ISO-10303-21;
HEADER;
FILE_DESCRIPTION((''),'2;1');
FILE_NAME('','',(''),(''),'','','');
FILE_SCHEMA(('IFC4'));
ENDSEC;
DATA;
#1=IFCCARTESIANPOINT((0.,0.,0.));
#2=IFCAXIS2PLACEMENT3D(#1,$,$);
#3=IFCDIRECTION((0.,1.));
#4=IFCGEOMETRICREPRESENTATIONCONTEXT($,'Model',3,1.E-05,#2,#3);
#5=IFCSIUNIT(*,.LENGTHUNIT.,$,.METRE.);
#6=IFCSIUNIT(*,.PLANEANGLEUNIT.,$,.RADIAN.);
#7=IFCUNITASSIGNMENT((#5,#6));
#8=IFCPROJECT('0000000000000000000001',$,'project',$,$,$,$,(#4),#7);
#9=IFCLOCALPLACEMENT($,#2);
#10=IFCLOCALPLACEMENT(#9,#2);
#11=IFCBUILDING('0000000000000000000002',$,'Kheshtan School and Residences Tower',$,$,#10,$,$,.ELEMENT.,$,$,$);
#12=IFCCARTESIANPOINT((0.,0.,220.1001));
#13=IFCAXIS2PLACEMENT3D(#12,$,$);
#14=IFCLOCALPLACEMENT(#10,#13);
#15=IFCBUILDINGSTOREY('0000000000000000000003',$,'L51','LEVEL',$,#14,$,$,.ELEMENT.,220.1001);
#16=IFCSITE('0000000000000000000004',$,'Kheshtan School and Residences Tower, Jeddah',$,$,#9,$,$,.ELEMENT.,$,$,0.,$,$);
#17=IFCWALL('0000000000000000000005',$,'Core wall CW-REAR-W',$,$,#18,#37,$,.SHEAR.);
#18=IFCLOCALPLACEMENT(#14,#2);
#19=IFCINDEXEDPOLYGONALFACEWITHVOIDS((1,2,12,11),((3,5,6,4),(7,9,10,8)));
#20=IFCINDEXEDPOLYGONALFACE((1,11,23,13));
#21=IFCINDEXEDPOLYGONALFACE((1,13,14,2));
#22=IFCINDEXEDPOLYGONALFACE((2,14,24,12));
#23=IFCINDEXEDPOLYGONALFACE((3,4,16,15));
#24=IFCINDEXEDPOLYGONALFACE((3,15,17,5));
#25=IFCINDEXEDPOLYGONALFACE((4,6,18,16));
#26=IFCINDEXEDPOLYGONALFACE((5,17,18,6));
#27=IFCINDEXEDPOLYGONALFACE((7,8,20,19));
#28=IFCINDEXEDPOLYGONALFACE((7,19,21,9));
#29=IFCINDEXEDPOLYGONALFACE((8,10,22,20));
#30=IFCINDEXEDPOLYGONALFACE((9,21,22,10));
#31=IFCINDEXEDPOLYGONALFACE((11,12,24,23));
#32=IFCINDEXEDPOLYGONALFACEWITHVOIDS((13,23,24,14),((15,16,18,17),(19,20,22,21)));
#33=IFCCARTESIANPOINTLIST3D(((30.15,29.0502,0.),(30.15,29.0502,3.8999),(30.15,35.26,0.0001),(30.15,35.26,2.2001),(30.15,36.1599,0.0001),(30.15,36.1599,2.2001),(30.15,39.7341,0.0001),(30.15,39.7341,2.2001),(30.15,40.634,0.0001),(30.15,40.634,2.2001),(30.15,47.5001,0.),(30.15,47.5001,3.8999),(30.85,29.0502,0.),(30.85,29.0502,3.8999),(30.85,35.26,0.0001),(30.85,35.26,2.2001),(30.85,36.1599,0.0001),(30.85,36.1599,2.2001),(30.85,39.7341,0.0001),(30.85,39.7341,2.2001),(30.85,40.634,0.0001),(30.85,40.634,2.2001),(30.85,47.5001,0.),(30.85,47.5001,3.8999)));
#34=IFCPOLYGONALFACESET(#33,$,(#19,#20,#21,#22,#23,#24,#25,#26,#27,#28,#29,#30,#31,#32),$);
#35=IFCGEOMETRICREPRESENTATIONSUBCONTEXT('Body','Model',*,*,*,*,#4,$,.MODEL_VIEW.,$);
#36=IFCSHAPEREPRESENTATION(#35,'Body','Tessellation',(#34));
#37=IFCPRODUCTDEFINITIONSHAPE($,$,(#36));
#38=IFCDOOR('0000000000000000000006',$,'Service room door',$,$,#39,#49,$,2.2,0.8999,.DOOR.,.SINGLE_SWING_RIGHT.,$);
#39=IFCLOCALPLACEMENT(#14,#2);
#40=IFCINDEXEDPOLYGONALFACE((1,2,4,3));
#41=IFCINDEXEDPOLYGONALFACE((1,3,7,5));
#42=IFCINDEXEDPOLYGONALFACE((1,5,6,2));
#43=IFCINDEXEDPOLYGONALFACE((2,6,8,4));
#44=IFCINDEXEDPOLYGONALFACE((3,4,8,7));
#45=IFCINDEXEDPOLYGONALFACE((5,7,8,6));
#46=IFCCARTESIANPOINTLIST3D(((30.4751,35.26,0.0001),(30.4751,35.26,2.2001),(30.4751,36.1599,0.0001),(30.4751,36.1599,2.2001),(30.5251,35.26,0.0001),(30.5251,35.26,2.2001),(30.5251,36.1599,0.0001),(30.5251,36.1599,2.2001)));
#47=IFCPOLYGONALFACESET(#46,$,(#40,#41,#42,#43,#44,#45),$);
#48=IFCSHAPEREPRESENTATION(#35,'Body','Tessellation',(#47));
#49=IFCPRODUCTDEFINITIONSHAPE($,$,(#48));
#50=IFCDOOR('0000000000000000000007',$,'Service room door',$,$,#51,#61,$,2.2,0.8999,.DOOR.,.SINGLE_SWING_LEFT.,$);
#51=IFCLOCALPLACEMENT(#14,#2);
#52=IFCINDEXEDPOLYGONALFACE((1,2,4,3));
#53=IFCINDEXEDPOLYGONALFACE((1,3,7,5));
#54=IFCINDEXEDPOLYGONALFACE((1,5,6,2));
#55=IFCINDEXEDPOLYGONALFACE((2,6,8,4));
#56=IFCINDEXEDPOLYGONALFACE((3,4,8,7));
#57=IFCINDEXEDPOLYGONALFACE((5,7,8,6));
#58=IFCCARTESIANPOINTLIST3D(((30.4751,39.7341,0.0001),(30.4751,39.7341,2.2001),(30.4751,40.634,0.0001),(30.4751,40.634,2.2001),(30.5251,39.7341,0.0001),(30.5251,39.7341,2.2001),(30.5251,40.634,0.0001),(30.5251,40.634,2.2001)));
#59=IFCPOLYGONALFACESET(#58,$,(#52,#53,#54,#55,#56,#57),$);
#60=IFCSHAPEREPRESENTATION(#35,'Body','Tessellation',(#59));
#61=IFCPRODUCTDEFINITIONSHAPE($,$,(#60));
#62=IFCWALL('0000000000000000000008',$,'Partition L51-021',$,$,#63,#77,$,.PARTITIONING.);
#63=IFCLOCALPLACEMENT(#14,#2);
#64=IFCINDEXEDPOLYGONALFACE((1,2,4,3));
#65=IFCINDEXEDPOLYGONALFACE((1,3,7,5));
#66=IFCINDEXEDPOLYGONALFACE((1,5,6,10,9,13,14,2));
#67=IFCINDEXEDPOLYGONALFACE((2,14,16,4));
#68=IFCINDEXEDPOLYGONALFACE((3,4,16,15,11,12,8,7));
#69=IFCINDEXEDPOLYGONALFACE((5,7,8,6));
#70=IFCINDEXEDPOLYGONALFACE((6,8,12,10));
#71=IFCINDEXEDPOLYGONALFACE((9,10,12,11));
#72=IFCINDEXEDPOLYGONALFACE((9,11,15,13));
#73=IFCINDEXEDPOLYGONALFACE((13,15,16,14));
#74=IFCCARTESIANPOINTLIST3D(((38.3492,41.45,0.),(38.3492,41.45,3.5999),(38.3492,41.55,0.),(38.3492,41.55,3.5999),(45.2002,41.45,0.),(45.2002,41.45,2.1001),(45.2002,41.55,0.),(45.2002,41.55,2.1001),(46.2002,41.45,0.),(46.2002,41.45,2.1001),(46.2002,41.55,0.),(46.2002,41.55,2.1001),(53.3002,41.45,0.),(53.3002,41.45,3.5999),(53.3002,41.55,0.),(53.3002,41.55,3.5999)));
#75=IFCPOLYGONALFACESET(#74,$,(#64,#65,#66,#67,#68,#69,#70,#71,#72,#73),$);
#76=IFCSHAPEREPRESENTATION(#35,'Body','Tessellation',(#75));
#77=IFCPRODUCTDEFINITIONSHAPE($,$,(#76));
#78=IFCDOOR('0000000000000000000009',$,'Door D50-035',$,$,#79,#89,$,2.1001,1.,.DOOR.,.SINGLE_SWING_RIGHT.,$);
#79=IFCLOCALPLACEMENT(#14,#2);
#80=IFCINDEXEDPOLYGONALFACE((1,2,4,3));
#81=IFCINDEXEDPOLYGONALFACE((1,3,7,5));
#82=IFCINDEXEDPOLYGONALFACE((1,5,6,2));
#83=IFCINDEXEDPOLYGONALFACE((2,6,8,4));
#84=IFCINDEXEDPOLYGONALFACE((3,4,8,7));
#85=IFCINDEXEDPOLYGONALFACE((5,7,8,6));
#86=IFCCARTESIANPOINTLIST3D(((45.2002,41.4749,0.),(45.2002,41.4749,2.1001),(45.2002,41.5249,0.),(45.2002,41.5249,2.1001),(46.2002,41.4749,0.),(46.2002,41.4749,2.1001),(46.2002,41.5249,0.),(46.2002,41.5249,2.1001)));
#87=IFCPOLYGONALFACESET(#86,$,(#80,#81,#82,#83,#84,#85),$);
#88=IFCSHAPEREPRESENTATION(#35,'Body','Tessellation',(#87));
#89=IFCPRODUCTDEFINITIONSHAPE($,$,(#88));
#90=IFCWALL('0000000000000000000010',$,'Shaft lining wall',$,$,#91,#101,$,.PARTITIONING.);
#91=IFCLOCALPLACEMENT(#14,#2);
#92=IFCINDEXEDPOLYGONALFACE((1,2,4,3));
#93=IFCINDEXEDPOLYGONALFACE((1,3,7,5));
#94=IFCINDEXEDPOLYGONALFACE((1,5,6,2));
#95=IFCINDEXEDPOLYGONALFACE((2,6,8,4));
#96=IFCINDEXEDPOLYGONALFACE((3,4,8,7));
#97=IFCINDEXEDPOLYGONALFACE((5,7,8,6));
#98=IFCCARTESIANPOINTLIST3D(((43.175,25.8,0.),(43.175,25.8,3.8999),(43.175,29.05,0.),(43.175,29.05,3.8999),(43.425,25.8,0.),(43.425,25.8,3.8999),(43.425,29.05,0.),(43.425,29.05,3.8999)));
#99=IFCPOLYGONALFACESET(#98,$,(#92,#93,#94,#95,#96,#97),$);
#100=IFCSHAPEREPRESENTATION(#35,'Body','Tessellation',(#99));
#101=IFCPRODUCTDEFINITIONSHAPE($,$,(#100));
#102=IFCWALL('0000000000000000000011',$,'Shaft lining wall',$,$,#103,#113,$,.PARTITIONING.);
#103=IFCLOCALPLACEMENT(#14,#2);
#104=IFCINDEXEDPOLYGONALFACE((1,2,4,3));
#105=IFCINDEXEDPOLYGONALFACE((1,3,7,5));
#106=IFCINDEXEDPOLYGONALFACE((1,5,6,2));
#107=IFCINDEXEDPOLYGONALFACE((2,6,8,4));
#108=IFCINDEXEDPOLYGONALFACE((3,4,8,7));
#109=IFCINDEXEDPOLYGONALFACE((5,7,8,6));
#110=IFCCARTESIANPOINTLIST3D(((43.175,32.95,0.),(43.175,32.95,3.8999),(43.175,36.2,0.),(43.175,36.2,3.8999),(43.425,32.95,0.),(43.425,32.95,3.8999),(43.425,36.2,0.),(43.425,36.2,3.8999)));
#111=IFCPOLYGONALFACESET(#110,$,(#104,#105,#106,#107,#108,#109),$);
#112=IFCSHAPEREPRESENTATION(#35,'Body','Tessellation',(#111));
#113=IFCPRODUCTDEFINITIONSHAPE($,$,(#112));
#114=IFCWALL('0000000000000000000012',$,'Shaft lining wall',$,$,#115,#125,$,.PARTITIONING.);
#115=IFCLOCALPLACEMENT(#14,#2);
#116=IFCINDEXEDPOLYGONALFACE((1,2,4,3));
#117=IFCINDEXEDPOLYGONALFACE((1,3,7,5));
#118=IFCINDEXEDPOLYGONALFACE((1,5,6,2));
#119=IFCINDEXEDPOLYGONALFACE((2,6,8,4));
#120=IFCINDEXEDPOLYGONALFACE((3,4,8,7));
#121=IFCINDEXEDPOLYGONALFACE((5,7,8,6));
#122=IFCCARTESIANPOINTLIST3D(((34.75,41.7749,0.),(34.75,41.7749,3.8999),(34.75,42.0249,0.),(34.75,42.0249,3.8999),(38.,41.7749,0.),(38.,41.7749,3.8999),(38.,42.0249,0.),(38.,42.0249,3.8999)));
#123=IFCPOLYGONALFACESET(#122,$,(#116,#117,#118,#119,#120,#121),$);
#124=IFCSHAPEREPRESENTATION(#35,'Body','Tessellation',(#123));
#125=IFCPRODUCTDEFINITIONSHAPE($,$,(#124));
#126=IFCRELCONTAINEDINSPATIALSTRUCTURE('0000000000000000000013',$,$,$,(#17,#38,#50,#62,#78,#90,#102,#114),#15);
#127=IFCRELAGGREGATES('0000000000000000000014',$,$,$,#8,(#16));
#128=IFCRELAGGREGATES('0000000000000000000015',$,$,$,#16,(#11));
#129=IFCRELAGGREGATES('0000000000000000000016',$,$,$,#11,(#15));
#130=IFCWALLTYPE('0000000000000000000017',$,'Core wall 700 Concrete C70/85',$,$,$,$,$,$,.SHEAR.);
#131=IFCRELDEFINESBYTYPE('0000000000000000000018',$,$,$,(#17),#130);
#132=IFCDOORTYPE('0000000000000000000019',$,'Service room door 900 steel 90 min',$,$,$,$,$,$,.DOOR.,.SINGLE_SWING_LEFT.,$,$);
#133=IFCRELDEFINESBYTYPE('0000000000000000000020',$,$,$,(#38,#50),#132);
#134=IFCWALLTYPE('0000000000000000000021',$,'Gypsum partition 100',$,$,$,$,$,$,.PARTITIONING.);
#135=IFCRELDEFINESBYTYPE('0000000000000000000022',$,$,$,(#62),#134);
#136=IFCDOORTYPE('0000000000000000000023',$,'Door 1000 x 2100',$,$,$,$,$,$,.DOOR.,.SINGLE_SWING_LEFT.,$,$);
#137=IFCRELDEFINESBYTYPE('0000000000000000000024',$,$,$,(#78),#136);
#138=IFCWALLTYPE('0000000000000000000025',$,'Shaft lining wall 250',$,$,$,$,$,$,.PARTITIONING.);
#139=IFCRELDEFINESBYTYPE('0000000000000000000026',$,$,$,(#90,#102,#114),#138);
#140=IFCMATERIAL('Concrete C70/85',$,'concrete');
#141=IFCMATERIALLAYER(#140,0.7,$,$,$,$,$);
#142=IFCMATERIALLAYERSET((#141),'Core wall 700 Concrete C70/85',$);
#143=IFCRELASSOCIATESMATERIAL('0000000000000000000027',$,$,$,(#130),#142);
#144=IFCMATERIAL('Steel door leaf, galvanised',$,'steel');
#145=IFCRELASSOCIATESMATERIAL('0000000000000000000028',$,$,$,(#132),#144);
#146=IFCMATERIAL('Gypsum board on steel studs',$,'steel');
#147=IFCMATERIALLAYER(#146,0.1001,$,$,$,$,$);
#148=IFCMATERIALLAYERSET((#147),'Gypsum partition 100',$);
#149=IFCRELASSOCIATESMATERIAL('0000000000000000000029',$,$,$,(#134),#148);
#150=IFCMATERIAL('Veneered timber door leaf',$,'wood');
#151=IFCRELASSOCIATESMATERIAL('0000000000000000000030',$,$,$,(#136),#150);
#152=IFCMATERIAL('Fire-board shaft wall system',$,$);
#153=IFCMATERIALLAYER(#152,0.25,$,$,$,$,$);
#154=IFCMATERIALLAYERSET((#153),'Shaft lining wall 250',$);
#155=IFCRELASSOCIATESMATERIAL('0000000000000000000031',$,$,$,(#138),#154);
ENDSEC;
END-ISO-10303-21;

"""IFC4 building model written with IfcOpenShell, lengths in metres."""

from ifc_helpers import new_model, si_unit, direction, frame, frame_2d, origin, place, context, subcontext, project, spatial, rectangle, extrude, source, transform, mapped, material, layer, layer_set, type_object, element, fill, save


model = new_model("IFC4")

# Units and contexts
model_context = context("Model", 3, precision=1e-05, world=origin(), true_north=direction((0.0, 1.0)))
body_context = subcontext(model_context, "Body", "Model", "MODEL_VIEW")
ifc_project = project(units=[si_unit("LENGTHUNIT", "METRE"), si_unit("PLANEANGLEUNIT", "RADIAN")], contexts=[model_context])

# Site, building, storey
site_placement = place(None, origin())
site = spatial("IfcSite", under=ifc_project, at=site_placement, Name="Kheshtan School and Residences Tower, Jeddah", CompositionType="ELEMENT", RefElevation=0.0)
building_placement = place(site_placement, origin())
building = spatial("IfcBuilding", under=site, at=building_placement, Name="Kheshtan School and Residences Tower", CompositionType="ELEMENT")
storey_placement = place(building_placement, frame((0.0, 0.0, 220.1001)))
storey = spatial("IfcBuildingStorey", under=building, at=storey_placement, Name="L51", Description="LEVEL", CompositionType="ELEMENT", Elevation=220.1001)

# Shared definitions
ifc_material_1 = material(Name="Steel door leaf, galvanised", Category="steel")

# Shared definitions
ifc_material_2 = material(Name="Concrete C70/85", Category="concrete")
ifc_layer_1 = layer(ifc_material_2, 0.7)
ifc_layer_set_1 = layer_set([ifc_layer_1], Name="Core wall 700 Concrete C70/85")
wall_type_1 = type_object("IfcWallType", Name="Core wall 700 Concrete C70/85", PredefinedType="SHEAR", material=ifc_layer_set_1)

# Wall, openings, doors
wall_1_placement = place(storey_placement, frame((30.5, 29.05, 0.0), z_axis=(0.0, 0.0, 1.0), x_axis=(0.0, 1.0, 0.0)))
wall_1 = element("IfcWall", 1, at=wall_1_placement, inside=storey, type_object=wall_type_1, Name="Core wall CW-REAR-W", PredefinedType="SHEAR", context=body_context, shape_type="SweptSolid", body=[
    extrude(rectangle(XDim=18.45, YDim=0.7, at=frame_2d((9.2251, 0.0))), origin(), (0.0, 0.0, 1.0), 3.8999),
])
opening_1_placement = place(wall_1_placement, frame((6.21, 0.0, 0.0)))
opening_1 = element("IfcOpeningElement", 2, at=opening_1_placement, cuts=wall_1, PredefinedType="OPENING", context=body_context, shape_type="SweptSolid", body=[
    extrude(rectangle(XDim=0.8999, YDim=2.2, at=frame_2d((0.45, 1.1001))), frame((0.0, 0.3599, 0.0), z_axis=(0.0, -1.0, 0.0), x_axis=(1.0, 0.0, 0.0)), (0.0, 0.0, 1.0), 0.72),
])
opening_2_placement = place(wall_1_placement, frame((10.6841, 0.0, 0.0)))
opening_2 = element("IfcOpeningElement", 3, at=opening_2_placement, cuts=wall_1, PredefinedType="OPENING", context=body_context, shape_type="SweptSolid", body=[
    extrude(rectangle(XDim=0.8999, YDim=2.2, at=frame_2d((0.45, 1.1001))), frame((0.0, 0.3599, 0.0), z_axis=(0.0, -1.0, 0.0), x_axis=(1.0, 0.0, 0.0)), (0.0, 0.0, 1.0), 0.72),
])
door_type_1 = type_object("IfcDoorType", Name="Service room door 900 steel 90 min", OperationType="SINGLE_SWING_LEFT", PredefinedType="DOOR", material=ifc_material_1)
shared_shape_1 = source(origin(), body_context, "Body", "SweptSolid", [
    extrude(rectangle(XDim=0.8999, YDim=2.2, at=frame_2d((0.45, 1.1001))), frame((0.0, 0.0249, 0.0), z_axis=(0.0, -1.0, 0.0), x_axis=(1.0, 0.0, 0.0)), (0.0, 0.0, 1.0), 0.05),
])
door_1_placement = place(opening_1_placement, origin())
door_1 = element("IfcDoor", 4, at=door_1_placement, inside=storey, type_object=door_type_1, Name="Service room door", OperationType="SINGLE_SWING_RIGHT", OverallHeight=2.2, OverallWidth=0.8999, PredefinedType="DOOR", context=body_context, shape_type="MappedRepresentation", body=[
    mapped(shared_shape_1, transform((0.0, 0.0, 0.0), x_axis=(1.0, 0.0, 0.0), y_axis=(0.0, 1.0, 0.0), z_axis=(0.0, 0.0, 1.0), scale=1.0)),
])
fill(opening_1, door_1)
door_2_placement = place(opening_2_placement, origin())
door_2 = element("IfcDoor", 5, at=door_2_placement, inside=storey, type_object=door_type_1, Name="Service room door", OperationType="SINGLE_SWING_LEFT", OverallHeight=2.2, OverallWidth=0.8999, PredefinedType="DOOR", context=body_context, shape_type="MappedRepresentation", body=[
    mapped(shared_shape_1, transform((0.0, 0.0, 0.0), x_axis=(1.0, 0.0, 0.0), y_axis=(0.0, 1.0, 0.0), z_axis=(0.0, 0.0, 1.0), scale=1.0)),
])
fill(opening_2, door_2)

# Wall, opening, door
ifc_material_3 = material(Name="Gypsum board on steel studs", Category="steel")
ifc_layer_2 = layer(ifc_material_3, 0.1001)
ifc_layer_set_2 = layer_set([ifc_layer_2], Name="Gypsum partition 100")
wall_type_2 = type_object("IfcWallType", Name="Gypsum partition 100", PredefinedType="PARTITIONING", material=ifc_layer_set_2)
wall_2_placement = place(storey_placement, frame((38.3491, 41.5, 0.0), z_axis=(0.0, 0.0, 1.0), x_axis=(1.0, 0.0, 0.0)))
wall_2 = element("IfcWall", 6, at=wall_2_placement, inside=storey, type_object=wall_type_2, Name="Partition L51-021", PredefinedType="PARTITIONING", context=body_context, shape_type="SweptSolid", body=[
    extrude(rectangle(XDim=14.9509, YDim=0.1001, at=frame_2d((7.4756, 0.0))), origin(), (0.0, 0.0, 1.0), 3.5999),
])
opening_3_placement = place(wall_2_placement, frame((6.8511, 0.0, 0.0)))
opening_3 = element("IfcOpeningElement", 7, at=opening_3_placement, cuts=wall_2, PredefinedType="OPENING", context=body_context, shape_type="SweptSolid", body=[
    extrude(rectangle(XDim=1.0, YDim=2.1001, at=frame_2d((0.5, 1.05))), frame((0.0, 0.0601, 0.0), z_axis=(0.0, -1.0, 0.0), x_axis=(1.0, 0.0, 0.0)), (0.0, 0.0, 1.0), 0.1201),
])
ifc_material_4 = material(Name="Veneered timber door leaf", Category="wood")
door_type_2 = type_object("IfcDoorType", Name="Door 1000 x 2100", OperationType="SINGLE_SWING_LEFT", PredefinedType="DOOR", material=ifc_material_4)
shared_shape_2 = source(origin(), body_context, "Body", "SweptSolid", [
    extrude(rectangle(XDim=1.0, YDim=2.1001, at=frame_2d((0.5, 1.05))), frame((0.0, 0.0249, 0.0), z_axis=(0.0, -1.0, 0.0), x_axis=(1.0, 0.0, 0.0)), (0.0, 0.0, 1.0), 0.05),
])
door_3_placement = place(opening_3_placement, origin())
door_3 = element("IfcDoor", 8, at=door_3_placement, inside=storey, type_object=door_type_2, Name="Door D50-035", OperationType="SINGLE_SWING_RIGHT", OverallHeight=2.1001, OverallWidth=1.0, PredefinedType="DOOR", context=body_context, shape_type="MappedRepresentation", body=[
    mapped(shared_shape_2, transform((0.0, 0.0, 0.0), x_axis=(1.0, 0.0, 0.0), y_axis=(0.0, 1.0, 0.0), z_axis=(0.0, 0.0, 1.0), scale=1.0)),
])
fill(opening_3, door_3)

# Walls
ifc_material_5 = material(Name="Fire-board shaft wall system")
ifc_layer_3 = layer(ifc_material_5, 0.25)
ifc_layer_set_3 = layer_set([ifc_layer_3], Name="Shaft lining wall 250")
wall_type_3 = type_object("IfcWallType", Name="Shaft lining wall 250", PredefinedType="PARTITIONING", material=ifc_layer_set_3)
for number, where, z_axis, x_axis, name in (
    (9, (43.3, 25.8, 0.0), (0.0, 0.0, 1.0), (0.0, 1.0, 0.0), "Shaft lining wall"),
    (10, (43.3, 32.95, 0.0), (0.0, 0.0, 1.0), (0.0, 1.0, 0.0), "Shaft lining wall"),
    (11, (34.75, 41.8999, 0.0), (0.0, 0.0, 1.0), (1.0, 0.0, 0.0), "Shaft lining wall"),
):
    element("IfcWall", number, at=place(storey_placement, frame(where, z_axis=z_axis, x_axis=x_axis)), inside=storey, type_object=wall_type_3, Name=name, PredefinedType="PARTITIONING", context=body_context, shape_type="SweptSolid", body=[
        extrude(rectangle(XDim=3.25, YDim=0.25, at=frame_2d((1.625, 0.0))), origin(), (0.0, 0.0, 1.0), 3.8999),
    ])

save(model, "model.ifc")
